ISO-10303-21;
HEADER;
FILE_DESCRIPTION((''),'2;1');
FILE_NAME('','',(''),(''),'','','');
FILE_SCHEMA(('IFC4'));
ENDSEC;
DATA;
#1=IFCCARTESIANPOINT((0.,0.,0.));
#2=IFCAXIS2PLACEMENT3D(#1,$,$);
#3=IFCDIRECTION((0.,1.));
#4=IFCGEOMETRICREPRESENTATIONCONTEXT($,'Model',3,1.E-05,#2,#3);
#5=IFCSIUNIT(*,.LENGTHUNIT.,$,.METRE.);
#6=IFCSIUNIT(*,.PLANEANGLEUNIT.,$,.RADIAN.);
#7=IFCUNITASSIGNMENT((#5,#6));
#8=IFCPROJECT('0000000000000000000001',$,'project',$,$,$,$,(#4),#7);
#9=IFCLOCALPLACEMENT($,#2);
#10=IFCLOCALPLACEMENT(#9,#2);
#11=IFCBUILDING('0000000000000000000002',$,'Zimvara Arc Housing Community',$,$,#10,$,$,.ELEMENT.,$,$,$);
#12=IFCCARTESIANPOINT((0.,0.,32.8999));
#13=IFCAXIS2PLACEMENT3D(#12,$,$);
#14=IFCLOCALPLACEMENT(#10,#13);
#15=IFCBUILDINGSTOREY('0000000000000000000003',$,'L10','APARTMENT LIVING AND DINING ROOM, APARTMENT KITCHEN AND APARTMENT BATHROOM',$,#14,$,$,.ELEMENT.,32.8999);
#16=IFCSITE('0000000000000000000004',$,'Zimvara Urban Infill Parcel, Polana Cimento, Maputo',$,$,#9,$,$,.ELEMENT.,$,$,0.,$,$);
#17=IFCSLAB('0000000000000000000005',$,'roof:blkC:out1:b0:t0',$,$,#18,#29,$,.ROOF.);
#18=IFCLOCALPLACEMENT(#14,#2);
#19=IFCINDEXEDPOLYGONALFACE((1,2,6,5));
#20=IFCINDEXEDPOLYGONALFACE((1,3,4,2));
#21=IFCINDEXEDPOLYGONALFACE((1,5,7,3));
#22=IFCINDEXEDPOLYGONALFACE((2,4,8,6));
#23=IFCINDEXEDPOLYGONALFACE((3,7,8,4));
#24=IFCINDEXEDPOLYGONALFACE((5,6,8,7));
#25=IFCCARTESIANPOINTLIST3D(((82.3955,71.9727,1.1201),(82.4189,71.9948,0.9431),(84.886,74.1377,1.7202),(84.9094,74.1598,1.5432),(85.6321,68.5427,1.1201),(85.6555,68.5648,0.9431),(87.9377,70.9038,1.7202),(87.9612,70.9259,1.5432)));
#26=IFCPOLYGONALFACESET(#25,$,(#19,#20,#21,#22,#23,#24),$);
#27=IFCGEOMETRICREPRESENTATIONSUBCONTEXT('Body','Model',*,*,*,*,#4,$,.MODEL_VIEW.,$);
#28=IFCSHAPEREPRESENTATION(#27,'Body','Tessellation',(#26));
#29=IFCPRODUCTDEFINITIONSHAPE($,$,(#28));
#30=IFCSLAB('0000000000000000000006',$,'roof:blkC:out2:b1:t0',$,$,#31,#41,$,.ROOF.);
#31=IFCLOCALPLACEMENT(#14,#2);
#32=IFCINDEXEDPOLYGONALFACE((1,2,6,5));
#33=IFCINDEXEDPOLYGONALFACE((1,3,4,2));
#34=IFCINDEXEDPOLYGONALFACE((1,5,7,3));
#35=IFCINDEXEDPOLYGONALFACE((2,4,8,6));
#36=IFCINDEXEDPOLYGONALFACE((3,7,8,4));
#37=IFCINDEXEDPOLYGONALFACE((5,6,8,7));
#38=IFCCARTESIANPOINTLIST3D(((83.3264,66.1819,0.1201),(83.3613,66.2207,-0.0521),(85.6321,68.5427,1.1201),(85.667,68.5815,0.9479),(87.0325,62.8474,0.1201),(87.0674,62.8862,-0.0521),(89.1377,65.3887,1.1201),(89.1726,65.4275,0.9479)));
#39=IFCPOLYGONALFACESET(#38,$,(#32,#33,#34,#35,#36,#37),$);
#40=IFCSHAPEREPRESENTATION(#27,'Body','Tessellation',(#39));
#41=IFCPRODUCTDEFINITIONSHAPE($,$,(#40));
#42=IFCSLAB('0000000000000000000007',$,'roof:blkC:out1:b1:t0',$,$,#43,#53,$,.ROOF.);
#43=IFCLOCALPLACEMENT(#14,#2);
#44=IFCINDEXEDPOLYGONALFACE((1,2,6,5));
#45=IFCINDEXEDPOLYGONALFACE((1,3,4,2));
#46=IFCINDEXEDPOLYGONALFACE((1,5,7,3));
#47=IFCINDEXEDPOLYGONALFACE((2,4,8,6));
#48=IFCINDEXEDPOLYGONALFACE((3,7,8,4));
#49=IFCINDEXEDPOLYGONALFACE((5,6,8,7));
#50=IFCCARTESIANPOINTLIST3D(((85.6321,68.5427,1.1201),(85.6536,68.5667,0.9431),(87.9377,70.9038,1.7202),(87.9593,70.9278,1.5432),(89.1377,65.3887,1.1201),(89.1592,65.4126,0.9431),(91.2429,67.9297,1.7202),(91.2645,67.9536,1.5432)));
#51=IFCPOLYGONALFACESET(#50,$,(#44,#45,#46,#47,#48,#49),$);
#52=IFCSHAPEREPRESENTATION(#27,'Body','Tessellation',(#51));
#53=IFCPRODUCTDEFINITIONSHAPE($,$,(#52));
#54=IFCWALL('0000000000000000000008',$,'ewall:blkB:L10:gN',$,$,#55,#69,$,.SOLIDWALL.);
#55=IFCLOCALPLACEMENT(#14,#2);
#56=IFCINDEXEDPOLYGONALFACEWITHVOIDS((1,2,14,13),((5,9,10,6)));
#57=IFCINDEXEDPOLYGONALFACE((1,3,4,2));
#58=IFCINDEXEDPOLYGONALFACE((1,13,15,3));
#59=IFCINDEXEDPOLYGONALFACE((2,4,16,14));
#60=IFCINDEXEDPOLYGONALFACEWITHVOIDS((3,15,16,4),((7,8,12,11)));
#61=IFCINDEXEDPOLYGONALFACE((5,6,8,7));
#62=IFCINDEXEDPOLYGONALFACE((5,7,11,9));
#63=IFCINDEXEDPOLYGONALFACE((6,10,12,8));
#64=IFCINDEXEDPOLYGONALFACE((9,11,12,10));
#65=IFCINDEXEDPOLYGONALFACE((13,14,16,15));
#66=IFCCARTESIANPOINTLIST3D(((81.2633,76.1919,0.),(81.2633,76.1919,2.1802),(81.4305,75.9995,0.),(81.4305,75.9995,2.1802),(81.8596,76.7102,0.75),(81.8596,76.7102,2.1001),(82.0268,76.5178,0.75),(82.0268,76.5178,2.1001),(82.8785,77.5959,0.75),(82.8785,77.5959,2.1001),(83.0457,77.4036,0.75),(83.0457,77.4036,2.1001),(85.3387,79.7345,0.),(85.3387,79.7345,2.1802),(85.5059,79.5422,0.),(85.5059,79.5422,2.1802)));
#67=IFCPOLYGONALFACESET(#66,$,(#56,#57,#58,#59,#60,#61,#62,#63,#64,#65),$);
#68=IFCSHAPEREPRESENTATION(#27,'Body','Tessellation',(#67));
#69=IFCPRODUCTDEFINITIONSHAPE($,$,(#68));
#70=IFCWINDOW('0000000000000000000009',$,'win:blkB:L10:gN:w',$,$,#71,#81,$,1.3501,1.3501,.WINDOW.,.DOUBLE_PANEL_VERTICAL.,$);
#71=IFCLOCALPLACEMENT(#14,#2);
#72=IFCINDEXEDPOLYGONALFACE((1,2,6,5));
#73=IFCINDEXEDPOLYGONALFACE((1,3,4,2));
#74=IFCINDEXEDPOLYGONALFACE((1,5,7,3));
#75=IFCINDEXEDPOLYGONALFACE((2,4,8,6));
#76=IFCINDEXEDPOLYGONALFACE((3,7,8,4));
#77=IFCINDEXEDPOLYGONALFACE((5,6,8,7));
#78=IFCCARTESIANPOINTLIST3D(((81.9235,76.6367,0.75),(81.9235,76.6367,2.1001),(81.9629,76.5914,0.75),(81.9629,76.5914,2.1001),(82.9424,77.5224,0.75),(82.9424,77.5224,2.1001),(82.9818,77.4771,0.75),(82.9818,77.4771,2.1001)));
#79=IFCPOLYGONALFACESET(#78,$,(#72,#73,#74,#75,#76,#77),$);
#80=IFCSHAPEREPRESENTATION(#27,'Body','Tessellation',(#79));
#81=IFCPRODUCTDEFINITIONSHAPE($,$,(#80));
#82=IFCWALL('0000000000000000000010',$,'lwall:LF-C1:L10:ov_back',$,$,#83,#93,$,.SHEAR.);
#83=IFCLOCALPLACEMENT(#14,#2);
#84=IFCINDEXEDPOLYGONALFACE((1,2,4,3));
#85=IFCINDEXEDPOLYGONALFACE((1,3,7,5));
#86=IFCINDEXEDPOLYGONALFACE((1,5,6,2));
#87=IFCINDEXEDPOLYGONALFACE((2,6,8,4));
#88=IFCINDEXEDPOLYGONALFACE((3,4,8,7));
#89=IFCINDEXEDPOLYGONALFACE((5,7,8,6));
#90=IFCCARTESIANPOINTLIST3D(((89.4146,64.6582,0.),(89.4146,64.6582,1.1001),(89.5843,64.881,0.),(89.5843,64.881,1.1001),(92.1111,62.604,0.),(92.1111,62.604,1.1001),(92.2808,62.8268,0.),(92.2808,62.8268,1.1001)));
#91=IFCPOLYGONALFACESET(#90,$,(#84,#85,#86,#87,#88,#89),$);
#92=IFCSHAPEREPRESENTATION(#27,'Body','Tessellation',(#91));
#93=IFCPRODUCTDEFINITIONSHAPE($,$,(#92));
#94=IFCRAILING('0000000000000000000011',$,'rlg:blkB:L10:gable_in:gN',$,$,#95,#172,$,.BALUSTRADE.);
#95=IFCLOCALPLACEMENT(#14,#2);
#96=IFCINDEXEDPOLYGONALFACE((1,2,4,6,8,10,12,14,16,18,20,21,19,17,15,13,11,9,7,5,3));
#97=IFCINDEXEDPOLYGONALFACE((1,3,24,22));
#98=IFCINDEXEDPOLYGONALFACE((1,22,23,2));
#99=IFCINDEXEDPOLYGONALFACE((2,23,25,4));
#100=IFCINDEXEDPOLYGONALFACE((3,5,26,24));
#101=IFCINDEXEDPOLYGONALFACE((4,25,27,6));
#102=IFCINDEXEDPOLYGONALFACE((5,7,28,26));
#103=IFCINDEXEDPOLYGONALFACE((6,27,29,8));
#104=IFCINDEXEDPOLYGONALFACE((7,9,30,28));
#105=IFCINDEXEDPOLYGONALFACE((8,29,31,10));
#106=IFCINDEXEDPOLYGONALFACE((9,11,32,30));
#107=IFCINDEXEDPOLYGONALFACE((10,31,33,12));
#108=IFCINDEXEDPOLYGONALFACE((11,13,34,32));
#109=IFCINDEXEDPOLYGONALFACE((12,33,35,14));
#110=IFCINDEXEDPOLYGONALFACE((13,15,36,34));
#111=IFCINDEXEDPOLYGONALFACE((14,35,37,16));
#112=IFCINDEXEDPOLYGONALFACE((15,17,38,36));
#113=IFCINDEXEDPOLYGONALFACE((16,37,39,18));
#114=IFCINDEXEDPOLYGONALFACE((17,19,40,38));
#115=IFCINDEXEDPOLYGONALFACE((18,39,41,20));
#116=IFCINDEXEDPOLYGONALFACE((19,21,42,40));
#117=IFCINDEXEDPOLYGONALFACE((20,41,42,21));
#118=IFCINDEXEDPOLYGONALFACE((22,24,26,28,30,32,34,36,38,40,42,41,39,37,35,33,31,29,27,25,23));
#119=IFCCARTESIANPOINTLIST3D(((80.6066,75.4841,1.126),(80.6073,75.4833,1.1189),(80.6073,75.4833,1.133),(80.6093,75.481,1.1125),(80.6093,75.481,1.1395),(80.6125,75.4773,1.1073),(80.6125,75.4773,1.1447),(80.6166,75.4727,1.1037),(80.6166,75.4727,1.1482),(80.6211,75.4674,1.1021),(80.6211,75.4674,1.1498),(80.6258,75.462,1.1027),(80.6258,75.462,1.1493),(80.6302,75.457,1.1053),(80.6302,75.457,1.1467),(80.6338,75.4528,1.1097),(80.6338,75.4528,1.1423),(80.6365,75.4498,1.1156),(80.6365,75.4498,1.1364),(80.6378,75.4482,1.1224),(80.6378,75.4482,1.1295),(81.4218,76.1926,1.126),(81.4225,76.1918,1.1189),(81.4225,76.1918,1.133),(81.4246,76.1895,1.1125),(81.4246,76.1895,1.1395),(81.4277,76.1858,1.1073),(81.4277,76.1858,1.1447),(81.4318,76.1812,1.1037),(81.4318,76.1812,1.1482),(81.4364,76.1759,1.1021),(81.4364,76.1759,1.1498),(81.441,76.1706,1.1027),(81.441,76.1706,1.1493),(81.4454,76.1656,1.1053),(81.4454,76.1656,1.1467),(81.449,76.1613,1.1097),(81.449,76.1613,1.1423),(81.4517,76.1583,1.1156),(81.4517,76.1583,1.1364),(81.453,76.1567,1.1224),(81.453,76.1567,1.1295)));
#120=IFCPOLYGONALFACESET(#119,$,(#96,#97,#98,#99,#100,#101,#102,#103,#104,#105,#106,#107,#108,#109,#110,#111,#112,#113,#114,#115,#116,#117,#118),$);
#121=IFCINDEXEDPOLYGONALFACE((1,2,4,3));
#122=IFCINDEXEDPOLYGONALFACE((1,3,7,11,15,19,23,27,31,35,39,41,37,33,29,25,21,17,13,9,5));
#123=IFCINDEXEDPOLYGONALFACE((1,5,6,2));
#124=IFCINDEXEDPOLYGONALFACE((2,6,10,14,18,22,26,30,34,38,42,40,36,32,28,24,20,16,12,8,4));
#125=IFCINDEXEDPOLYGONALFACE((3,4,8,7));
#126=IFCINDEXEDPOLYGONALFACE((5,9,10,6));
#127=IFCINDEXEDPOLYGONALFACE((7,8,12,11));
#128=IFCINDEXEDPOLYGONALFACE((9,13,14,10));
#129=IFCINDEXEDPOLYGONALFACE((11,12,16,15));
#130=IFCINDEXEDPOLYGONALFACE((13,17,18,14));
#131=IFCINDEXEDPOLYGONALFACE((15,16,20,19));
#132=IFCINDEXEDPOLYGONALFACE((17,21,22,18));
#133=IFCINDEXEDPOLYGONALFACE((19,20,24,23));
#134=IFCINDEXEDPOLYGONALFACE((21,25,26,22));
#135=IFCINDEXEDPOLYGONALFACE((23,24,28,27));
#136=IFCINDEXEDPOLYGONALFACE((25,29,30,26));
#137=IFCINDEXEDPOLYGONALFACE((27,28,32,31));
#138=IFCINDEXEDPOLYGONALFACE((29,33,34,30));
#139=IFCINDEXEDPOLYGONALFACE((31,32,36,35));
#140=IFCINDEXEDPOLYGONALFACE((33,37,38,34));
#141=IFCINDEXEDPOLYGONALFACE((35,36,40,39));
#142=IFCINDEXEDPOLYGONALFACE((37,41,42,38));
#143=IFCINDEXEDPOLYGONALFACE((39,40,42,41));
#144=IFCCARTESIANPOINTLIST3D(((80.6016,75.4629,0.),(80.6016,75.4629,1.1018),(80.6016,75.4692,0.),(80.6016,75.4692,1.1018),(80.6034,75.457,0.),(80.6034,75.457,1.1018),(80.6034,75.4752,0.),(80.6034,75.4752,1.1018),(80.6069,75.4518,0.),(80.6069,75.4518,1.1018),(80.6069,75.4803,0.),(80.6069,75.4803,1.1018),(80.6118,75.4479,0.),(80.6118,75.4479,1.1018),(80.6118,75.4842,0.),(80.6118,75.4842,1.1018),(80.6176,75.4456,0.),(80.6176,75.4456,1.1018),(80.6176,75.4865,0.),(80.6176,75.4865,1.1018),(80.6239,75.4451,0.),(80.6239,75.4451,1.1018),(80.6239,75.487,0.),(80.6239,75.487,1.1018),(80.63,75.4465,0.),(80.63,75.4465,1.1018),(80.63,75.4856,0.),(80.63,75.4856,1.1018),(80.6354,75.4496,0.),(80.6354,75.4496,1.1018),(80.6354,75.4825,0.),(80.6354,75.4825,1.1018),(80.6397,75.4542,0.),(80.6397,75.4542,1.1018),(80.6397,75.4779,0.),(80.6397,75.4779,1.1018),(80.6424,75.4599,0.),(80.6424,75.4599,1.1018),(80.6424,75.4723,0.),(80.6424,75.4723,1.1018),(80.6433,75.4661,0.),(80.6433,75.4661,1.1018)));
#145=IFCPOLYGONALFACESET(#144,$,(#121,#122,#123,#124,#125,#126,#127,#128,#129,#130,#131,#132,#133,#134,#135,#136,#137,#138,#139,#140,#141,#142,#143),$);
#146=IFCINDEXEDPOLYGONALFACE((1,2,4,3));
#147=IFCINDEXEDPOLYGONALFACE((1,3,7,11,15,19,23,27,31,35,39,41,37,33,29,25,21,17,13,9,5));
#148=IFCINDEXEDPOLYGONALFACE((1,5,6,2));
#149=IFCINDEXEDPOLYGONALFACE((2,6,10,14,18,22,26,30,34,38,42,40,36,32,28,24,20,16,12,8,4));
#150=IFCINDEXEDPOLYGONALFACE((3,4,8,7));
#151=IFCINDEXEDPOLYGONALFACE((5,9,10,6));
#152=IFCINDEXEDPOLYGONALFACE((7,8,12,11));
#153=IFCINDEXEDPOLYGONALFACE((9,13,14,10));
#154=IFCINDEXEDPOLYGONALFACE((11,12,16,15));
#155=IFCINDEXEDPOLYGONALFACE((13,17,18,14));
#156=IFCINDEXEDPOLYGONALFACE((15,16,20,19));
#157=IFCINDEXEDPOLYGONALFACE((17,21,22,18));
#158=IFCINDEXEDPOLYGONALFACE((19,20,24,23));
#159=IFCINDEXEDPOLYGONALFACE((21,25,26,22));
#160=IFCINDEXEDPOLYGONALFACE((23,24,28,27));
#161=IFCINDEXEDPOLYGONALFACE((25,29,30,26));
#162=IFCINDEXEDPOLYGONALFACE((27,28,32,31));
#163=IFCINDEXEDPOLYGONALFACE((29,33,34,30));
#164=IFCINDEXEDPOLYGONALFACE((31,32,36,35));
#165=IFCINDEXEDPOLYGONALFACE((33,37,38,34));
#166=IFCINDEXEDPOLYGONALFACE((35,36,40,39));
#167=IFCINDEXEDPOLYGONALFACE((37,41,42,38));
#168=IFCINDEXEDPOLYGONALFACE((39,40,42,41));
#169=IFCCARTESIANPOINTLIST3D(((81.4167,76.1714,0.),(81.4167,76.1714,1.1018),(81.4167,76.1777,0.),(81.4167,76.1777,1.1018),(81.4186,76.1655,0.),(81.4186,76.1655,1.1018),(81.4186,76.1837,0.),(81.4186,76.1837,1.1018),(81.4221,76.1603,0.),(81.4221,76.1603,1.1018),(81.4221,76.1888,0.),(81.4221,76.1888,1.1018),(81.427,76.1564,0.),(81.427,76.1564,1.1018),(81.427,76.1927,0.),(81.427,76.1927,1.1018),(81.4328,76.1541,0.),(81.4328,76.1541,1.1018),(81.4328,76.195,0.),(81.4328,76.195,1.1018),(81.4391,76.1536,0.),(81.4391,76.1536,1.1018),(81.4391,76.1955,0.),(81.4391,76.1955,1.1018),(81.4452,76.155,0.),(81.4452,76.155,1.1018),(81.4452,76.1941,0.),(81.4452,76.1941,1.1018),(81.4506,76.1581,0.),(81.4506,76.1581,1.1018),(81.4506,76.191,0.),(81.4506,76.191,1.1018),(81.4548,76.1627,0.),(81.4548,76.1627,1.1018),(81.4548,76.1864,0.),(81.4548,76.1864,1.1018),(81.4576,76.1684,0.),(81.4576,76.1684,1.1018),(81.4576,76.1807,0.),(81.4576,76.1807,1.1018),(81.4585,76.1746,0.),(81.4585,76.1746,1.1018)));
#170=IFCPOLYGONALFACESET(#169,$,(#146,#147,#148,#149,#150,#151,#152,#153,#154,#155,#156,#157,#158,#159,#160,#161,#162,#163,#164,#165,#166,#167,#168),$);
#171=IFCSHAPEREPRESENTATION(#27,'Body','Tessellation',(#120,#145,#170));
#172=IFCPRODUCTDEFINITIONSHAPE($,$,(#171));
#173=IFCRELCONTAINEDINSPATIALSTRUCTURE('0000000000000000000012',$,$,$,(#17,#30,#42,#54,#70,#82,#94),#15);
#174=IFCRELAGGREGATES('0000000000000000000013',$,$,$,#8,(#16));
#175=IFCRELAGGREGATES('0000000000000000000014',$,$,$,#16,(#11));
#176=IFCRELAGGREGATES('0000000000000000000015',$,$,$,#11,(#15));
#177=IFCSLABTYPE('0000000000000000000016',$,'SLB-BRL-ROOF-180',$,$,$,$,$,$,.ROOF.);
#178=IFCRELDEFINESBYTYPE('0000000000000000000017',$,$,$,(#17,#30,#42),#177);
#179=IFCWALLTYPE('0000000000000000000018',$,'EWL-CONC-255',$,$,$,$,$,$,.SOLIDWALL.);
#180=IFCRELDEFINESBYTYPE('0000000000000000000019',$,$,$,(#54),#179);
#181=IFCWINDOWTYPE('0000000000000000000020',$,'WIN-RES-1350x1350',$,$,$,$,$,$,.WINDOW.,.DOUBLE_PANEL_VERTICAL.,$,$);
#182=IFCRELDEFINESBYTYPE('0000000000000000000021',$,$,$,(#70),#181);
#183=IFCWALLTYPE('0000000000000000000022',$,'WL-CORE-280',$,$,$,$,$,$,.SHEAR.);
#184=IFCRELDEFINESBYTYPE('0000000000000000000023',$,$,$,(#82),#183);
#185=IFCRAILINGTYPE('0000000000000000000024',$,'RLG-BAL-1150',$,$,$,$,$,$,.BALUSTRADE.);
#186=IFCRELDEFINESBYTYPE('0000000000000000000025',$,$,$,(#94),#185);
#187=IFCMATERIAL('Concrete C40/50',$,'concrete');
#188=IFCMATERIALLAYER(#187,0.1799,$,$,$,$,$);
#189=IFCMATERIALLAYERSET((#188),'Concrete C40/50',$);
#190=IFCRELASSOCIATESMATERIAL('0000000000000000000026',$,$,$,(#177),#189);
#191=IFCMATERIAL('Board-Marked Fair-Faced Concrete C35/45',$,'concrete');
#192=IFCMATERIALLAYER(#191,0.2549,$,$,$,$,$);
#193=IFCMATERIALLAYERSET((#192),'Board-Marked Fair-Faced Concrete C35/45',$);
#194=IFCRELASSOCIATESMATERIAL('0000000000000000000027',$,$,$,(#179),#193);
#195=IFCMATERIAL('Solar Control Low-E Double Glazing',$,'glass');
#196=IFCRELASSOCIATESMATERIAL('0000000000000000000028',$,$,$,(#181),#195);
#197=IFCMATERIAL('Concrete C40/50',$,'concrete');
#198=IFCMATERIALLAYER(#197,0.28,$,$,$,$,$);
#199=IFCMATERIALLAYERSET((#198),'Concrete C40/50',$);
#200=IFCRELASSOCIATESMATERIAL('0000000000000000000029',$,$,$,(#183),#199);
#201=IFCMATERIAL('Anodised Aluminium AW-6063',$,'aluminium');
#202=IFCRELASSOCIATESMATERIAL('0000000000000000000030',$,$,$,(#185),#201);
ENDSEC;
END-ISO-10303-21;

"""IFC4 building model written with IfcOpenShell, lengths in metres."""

from ifc_helpers import new_model, si_unit, direction, frame, frame_2d, origin, origin_2d, place, context, subcontext, project, spatial, polyline, rectangle, circle, outline, extrude, material, layer, layer_set, type_object, element, fill, save


model = new_model("IFC4")

# Units and contexts
model_context = context("Model", 3, precision=1e-05, world=origin(), true_north=direction((0.0, 1.0)))
body_context = subcontext(model_context, "Body", "Model", "MODEL_VIEW")
ifc_project = project(units=[si_unit("LENGTHUNIT", "METRE"), si_unit("PLANEANGLEUNIT", "RADIAN")], contexts=[model_context])

# Site, building, storey
site_placement = place(None, origin())
site = spatial("IfcSite", under=ifc_project, at=site_placement, Name="Zimvara Urban Infill Parcel, Polana Cimento, Maputo", CompositionType="ELEMENT", RefElevation=0.0)
building_placement = place(site_placement, origin())
building = spatial("IfcBuilding", under=site, at=building_placement, Name="Zimvara Arc Housing Community", CompositionType="ELEMENT")
storey_placement = place(building_placement, frame((0.0, 0.0, 32.8999)))
storey = spatial("IfcBuildingStorey", under=building, at=storey_placement, Name="L10", Description="APARTMENT LIVING AND DINING ROOM, APARTMENT KITCHEN AND APARTMENT BATHROOM", CompositionType="ELEMENT", Elevation=32.8999)

# Slabs
ifc_material_1 = material(Name="Concrete C40/50", Category="concrete")
ifc_layer_1 = layer(ifc_material_1, 0.1799)
ifc_layer_set_1 = layer_set([ifc_layer_1], Name="Concrete C40/50")
slab_type = type_object("IfcSlabType", Name="SLB-BRL-ROOF-180", PredefinedType="ROOF", material=ifc_layer_set_1)
slab_1_placement = place(storey_placement, frame((85.6321, 68.5427, 1.1201), z_axis=(-0.130227, -0.122889, 0.983839), x_axis=(-0.686309, 0.72731, 0.000002)))
element("IfcSlab", 1, at=slab_1_placement, inside=storey, type_object=slab_type, Name="roof:blkC:out1:b0:t0", PredefinedType="ROOF", context=body_context, shape_type="SweptSolid", body=[
    extrude(outline(polyline([(0.0, 0.0), (4.7159, 0.0), (4.5813, -3.3514), (0.1348, -3.3515), (0.0, 0.0)])), origin(), (0.0, 0.0, -1.0), 0.1799),
])
slab_2_placement = place(storey_placement, frame((87.0325, 62.8474, 0.1201), z_axis=(-0.194122, -0.215757, 0.956956), x_axis=(-0.743392, 0.668856, 0.000002)))
element("IfcSlab", 2, at=slab_2_placement, inside=storey, type_object=slab_type, Name="roof:blkC:out2:b1:t0", PredefinedType="ROOF", context=body_context, shape_type="SweptSolid", body=[
    extrude(outline(polyline([(0.0, 0.0), (4.9853, 0.0), (4.8504, -3.4455), (0.1347, -3.4456), (0.0, 0.0)])), origin(), (0.0, 0.0, -1.0), 0.1799),
])
slab_3_placement = place(storey_placement, frame((89.1377, 65.3887, 1.1201), z_axis=(-0.119768, -0.133109, 0.983838), x_axis=(-0.743399, 0.668848, -0.000006)))
element("IfcSlab", 3, at=slab_3_placement, inside=storey, type_object=slab_type, Name="roof:blkC:out1:b1:t0", PredefinedType="ROOF", context=body_context, shape_type="SweptSolid", body=[
    extrude(outline(polyline([(0.0, 0.0), (4.7157, 0.0), (4.5808, -3.3515), (0.1345, -3.3512), (0.0, 0.0)])), origin(), (0.0, 0.0, -1.0), 0.1799),
])

# Wall, opening, window
ifc_material_2 = material(Name="Board-Marked Fair-Faced Concrete C35/45", Category="concrete")
ifc_layer_2 = layer(ifc_material_2, 0.2549)
ifc_layer_set_2 = layer_set([ifc_layer_2], Name="Board-Marked Fair-Faced Concrete C35/45")
wall_type_1 = type_object("IfcWallType", Name="EWL-CONC-255", PredefinedType="SOLIDWALL", material=ifc_layer_set_2)
wall_1_placement = place(storey_placement, frame((81.3469, 76.0957, 0.0), z_axis=(0.0, 0.0, 1.0), x_axis=(0.75471, 0.656059, 0.0)))
wall_1 = element("IfcWall", 4, at=wall_1_placement, inside=storey, type_object=wall_type_1, Name="ewall:blkB:L10:gN", PredefinedType="SOLIDWALL", context=body_context, shape_type="SweptSolid", body=[
    extrude(rectangle(XDim=5.3999, YDim=0.2549, at=frame_2d((2.7, 0.0))), origin(), (0.0, 0.0, 1.0), 2.1802),
])
opening_placement = place(wall_1_placement, frame((0.79, 0.0, 0.75)))
opening = element("IfcOpeningElement", 5, at=opening_placement, cuts=wall_1, PredefinedType="OPENING", context=body_context, shape_type="SweptSolid", body=[
    extrude(rectangle(XDim=1.3501, YDim=1.3501, at=frame_2d((0.675, 0.675))), frame((0.0, 0.1375, 0.0), z_axis=(0.0, -1.0, 0.0), x_axis=(1.0, 0.0, 0.0)), (0.0, 0.0, 1.0), 0.2749),
])
ifc_material_3 = material(Name="Solar Control Low-E Double Glazing", Category="glass")
window_type = type_object("IfcWindowType", Name="WIN-RES-1350x1350", PartitioningType="DOUBLE_PANEL_VERTICAL", PredefinedType="WINDOW", material=ifc_material_3)
window_placement = place(opening_placement, origin())
window = element("IfcWindow", 6, at=window_placement, inside=storey, type_object=window_type, Name="win:blkB:L10:gN:w", OverallHeight=1.3501, OverallWidth=1.3501, PartitioningType="DOUBLE_PANEL_VERTICAL", PredefinedType="WINDOW", context=body_context, shape_type="SweptSolid", body=[
    extrude(rectangle(XDim=1.3501, YDim=1.3501, at=frame_2d((0.675, 0.675))), frame((0.0, 0.03, 0.0), z_axis=(0.0, -1.0, 0.0), x_axis=(1.0, 0.0, 0.0)), (0.0, 0.0, 1.0), 0.0601),
])
fill(opening, window)

# Wall
ifc_material_4 = material(Name="Concrete C40/50", Category="concrete")
ifc_layer_3 = layer(ifc_material_4, 0.28)
ifc_layer_set_3 = layer_set([ifc_layer_3], Name="Concrete C40/50")
wall_type_2 = type_object("IfcWallType", Name="WL-CORE-280", PredefinedType="SHEAR", material=ifc_layer_set_3)
wall_2_placement = place(storey_placement, frame((89.4995, 64.7695, 0.0), z_axis=(0.0, 0.0, 1.0), x_axis=(0.795475, -0.605987, 0.0)))
element("IfcWall", 7, at=wall_2_placement, inside=storey, type_object=wall_type_2, Name="lwall:LF-C1:L10:ov_back", PredefinedType="SHEAR", context=body_context, shape_type="SweptSolid", body=[
    extrude(rectangle(XDim=3.3899, YDim=0.28, at=frame_2d((1.6948, 0.0))), origin(), (0.0, 0.0, 1.0), 1.1001),
])

# Railing
ifc_material_5 = material(Name="Anodised Aluminium AW-6063", Category="aluminium")
railing_type = type_object("IfcRailingType", Name="RLG-BAL-1150", PredefinedType="BALUSTRADE", material=ifc_material_5)
railing_placement = place(storey_placement, frame((80.6223, 75.4661, 0.0)))
element("IfcRailing", 8, at=railing_placement, inside=storey, type_object=railing_type, Name="rlg:blkB:L10:gable_in:gN", PredefinedType="BALUSTRADE", context=body_context, shape_type="SweptSolid", body=[
    extrude(circle(Radius=0.0239, at=origin_2d()), frame((0.0, 0.0, 1.126), z_axis=(0.754771, 0.655988, 0.0), x_axis=(-0.655988, 0.754771, 0.0)), (0.0, 0.0, 1.0), 1.0801),
    extrude(circle(Radius=0.021, at=origin_2d()), origin(), (0.0, 0.0, 1.0), 1.1018),
    extrude(circle(Radius=0.021, at=origin_2d()), frame((0.8152, 0.7085, 0.0)), (0.0, 0.0, 1.0), 1.1018),
])

save(model, "model.ifc")
